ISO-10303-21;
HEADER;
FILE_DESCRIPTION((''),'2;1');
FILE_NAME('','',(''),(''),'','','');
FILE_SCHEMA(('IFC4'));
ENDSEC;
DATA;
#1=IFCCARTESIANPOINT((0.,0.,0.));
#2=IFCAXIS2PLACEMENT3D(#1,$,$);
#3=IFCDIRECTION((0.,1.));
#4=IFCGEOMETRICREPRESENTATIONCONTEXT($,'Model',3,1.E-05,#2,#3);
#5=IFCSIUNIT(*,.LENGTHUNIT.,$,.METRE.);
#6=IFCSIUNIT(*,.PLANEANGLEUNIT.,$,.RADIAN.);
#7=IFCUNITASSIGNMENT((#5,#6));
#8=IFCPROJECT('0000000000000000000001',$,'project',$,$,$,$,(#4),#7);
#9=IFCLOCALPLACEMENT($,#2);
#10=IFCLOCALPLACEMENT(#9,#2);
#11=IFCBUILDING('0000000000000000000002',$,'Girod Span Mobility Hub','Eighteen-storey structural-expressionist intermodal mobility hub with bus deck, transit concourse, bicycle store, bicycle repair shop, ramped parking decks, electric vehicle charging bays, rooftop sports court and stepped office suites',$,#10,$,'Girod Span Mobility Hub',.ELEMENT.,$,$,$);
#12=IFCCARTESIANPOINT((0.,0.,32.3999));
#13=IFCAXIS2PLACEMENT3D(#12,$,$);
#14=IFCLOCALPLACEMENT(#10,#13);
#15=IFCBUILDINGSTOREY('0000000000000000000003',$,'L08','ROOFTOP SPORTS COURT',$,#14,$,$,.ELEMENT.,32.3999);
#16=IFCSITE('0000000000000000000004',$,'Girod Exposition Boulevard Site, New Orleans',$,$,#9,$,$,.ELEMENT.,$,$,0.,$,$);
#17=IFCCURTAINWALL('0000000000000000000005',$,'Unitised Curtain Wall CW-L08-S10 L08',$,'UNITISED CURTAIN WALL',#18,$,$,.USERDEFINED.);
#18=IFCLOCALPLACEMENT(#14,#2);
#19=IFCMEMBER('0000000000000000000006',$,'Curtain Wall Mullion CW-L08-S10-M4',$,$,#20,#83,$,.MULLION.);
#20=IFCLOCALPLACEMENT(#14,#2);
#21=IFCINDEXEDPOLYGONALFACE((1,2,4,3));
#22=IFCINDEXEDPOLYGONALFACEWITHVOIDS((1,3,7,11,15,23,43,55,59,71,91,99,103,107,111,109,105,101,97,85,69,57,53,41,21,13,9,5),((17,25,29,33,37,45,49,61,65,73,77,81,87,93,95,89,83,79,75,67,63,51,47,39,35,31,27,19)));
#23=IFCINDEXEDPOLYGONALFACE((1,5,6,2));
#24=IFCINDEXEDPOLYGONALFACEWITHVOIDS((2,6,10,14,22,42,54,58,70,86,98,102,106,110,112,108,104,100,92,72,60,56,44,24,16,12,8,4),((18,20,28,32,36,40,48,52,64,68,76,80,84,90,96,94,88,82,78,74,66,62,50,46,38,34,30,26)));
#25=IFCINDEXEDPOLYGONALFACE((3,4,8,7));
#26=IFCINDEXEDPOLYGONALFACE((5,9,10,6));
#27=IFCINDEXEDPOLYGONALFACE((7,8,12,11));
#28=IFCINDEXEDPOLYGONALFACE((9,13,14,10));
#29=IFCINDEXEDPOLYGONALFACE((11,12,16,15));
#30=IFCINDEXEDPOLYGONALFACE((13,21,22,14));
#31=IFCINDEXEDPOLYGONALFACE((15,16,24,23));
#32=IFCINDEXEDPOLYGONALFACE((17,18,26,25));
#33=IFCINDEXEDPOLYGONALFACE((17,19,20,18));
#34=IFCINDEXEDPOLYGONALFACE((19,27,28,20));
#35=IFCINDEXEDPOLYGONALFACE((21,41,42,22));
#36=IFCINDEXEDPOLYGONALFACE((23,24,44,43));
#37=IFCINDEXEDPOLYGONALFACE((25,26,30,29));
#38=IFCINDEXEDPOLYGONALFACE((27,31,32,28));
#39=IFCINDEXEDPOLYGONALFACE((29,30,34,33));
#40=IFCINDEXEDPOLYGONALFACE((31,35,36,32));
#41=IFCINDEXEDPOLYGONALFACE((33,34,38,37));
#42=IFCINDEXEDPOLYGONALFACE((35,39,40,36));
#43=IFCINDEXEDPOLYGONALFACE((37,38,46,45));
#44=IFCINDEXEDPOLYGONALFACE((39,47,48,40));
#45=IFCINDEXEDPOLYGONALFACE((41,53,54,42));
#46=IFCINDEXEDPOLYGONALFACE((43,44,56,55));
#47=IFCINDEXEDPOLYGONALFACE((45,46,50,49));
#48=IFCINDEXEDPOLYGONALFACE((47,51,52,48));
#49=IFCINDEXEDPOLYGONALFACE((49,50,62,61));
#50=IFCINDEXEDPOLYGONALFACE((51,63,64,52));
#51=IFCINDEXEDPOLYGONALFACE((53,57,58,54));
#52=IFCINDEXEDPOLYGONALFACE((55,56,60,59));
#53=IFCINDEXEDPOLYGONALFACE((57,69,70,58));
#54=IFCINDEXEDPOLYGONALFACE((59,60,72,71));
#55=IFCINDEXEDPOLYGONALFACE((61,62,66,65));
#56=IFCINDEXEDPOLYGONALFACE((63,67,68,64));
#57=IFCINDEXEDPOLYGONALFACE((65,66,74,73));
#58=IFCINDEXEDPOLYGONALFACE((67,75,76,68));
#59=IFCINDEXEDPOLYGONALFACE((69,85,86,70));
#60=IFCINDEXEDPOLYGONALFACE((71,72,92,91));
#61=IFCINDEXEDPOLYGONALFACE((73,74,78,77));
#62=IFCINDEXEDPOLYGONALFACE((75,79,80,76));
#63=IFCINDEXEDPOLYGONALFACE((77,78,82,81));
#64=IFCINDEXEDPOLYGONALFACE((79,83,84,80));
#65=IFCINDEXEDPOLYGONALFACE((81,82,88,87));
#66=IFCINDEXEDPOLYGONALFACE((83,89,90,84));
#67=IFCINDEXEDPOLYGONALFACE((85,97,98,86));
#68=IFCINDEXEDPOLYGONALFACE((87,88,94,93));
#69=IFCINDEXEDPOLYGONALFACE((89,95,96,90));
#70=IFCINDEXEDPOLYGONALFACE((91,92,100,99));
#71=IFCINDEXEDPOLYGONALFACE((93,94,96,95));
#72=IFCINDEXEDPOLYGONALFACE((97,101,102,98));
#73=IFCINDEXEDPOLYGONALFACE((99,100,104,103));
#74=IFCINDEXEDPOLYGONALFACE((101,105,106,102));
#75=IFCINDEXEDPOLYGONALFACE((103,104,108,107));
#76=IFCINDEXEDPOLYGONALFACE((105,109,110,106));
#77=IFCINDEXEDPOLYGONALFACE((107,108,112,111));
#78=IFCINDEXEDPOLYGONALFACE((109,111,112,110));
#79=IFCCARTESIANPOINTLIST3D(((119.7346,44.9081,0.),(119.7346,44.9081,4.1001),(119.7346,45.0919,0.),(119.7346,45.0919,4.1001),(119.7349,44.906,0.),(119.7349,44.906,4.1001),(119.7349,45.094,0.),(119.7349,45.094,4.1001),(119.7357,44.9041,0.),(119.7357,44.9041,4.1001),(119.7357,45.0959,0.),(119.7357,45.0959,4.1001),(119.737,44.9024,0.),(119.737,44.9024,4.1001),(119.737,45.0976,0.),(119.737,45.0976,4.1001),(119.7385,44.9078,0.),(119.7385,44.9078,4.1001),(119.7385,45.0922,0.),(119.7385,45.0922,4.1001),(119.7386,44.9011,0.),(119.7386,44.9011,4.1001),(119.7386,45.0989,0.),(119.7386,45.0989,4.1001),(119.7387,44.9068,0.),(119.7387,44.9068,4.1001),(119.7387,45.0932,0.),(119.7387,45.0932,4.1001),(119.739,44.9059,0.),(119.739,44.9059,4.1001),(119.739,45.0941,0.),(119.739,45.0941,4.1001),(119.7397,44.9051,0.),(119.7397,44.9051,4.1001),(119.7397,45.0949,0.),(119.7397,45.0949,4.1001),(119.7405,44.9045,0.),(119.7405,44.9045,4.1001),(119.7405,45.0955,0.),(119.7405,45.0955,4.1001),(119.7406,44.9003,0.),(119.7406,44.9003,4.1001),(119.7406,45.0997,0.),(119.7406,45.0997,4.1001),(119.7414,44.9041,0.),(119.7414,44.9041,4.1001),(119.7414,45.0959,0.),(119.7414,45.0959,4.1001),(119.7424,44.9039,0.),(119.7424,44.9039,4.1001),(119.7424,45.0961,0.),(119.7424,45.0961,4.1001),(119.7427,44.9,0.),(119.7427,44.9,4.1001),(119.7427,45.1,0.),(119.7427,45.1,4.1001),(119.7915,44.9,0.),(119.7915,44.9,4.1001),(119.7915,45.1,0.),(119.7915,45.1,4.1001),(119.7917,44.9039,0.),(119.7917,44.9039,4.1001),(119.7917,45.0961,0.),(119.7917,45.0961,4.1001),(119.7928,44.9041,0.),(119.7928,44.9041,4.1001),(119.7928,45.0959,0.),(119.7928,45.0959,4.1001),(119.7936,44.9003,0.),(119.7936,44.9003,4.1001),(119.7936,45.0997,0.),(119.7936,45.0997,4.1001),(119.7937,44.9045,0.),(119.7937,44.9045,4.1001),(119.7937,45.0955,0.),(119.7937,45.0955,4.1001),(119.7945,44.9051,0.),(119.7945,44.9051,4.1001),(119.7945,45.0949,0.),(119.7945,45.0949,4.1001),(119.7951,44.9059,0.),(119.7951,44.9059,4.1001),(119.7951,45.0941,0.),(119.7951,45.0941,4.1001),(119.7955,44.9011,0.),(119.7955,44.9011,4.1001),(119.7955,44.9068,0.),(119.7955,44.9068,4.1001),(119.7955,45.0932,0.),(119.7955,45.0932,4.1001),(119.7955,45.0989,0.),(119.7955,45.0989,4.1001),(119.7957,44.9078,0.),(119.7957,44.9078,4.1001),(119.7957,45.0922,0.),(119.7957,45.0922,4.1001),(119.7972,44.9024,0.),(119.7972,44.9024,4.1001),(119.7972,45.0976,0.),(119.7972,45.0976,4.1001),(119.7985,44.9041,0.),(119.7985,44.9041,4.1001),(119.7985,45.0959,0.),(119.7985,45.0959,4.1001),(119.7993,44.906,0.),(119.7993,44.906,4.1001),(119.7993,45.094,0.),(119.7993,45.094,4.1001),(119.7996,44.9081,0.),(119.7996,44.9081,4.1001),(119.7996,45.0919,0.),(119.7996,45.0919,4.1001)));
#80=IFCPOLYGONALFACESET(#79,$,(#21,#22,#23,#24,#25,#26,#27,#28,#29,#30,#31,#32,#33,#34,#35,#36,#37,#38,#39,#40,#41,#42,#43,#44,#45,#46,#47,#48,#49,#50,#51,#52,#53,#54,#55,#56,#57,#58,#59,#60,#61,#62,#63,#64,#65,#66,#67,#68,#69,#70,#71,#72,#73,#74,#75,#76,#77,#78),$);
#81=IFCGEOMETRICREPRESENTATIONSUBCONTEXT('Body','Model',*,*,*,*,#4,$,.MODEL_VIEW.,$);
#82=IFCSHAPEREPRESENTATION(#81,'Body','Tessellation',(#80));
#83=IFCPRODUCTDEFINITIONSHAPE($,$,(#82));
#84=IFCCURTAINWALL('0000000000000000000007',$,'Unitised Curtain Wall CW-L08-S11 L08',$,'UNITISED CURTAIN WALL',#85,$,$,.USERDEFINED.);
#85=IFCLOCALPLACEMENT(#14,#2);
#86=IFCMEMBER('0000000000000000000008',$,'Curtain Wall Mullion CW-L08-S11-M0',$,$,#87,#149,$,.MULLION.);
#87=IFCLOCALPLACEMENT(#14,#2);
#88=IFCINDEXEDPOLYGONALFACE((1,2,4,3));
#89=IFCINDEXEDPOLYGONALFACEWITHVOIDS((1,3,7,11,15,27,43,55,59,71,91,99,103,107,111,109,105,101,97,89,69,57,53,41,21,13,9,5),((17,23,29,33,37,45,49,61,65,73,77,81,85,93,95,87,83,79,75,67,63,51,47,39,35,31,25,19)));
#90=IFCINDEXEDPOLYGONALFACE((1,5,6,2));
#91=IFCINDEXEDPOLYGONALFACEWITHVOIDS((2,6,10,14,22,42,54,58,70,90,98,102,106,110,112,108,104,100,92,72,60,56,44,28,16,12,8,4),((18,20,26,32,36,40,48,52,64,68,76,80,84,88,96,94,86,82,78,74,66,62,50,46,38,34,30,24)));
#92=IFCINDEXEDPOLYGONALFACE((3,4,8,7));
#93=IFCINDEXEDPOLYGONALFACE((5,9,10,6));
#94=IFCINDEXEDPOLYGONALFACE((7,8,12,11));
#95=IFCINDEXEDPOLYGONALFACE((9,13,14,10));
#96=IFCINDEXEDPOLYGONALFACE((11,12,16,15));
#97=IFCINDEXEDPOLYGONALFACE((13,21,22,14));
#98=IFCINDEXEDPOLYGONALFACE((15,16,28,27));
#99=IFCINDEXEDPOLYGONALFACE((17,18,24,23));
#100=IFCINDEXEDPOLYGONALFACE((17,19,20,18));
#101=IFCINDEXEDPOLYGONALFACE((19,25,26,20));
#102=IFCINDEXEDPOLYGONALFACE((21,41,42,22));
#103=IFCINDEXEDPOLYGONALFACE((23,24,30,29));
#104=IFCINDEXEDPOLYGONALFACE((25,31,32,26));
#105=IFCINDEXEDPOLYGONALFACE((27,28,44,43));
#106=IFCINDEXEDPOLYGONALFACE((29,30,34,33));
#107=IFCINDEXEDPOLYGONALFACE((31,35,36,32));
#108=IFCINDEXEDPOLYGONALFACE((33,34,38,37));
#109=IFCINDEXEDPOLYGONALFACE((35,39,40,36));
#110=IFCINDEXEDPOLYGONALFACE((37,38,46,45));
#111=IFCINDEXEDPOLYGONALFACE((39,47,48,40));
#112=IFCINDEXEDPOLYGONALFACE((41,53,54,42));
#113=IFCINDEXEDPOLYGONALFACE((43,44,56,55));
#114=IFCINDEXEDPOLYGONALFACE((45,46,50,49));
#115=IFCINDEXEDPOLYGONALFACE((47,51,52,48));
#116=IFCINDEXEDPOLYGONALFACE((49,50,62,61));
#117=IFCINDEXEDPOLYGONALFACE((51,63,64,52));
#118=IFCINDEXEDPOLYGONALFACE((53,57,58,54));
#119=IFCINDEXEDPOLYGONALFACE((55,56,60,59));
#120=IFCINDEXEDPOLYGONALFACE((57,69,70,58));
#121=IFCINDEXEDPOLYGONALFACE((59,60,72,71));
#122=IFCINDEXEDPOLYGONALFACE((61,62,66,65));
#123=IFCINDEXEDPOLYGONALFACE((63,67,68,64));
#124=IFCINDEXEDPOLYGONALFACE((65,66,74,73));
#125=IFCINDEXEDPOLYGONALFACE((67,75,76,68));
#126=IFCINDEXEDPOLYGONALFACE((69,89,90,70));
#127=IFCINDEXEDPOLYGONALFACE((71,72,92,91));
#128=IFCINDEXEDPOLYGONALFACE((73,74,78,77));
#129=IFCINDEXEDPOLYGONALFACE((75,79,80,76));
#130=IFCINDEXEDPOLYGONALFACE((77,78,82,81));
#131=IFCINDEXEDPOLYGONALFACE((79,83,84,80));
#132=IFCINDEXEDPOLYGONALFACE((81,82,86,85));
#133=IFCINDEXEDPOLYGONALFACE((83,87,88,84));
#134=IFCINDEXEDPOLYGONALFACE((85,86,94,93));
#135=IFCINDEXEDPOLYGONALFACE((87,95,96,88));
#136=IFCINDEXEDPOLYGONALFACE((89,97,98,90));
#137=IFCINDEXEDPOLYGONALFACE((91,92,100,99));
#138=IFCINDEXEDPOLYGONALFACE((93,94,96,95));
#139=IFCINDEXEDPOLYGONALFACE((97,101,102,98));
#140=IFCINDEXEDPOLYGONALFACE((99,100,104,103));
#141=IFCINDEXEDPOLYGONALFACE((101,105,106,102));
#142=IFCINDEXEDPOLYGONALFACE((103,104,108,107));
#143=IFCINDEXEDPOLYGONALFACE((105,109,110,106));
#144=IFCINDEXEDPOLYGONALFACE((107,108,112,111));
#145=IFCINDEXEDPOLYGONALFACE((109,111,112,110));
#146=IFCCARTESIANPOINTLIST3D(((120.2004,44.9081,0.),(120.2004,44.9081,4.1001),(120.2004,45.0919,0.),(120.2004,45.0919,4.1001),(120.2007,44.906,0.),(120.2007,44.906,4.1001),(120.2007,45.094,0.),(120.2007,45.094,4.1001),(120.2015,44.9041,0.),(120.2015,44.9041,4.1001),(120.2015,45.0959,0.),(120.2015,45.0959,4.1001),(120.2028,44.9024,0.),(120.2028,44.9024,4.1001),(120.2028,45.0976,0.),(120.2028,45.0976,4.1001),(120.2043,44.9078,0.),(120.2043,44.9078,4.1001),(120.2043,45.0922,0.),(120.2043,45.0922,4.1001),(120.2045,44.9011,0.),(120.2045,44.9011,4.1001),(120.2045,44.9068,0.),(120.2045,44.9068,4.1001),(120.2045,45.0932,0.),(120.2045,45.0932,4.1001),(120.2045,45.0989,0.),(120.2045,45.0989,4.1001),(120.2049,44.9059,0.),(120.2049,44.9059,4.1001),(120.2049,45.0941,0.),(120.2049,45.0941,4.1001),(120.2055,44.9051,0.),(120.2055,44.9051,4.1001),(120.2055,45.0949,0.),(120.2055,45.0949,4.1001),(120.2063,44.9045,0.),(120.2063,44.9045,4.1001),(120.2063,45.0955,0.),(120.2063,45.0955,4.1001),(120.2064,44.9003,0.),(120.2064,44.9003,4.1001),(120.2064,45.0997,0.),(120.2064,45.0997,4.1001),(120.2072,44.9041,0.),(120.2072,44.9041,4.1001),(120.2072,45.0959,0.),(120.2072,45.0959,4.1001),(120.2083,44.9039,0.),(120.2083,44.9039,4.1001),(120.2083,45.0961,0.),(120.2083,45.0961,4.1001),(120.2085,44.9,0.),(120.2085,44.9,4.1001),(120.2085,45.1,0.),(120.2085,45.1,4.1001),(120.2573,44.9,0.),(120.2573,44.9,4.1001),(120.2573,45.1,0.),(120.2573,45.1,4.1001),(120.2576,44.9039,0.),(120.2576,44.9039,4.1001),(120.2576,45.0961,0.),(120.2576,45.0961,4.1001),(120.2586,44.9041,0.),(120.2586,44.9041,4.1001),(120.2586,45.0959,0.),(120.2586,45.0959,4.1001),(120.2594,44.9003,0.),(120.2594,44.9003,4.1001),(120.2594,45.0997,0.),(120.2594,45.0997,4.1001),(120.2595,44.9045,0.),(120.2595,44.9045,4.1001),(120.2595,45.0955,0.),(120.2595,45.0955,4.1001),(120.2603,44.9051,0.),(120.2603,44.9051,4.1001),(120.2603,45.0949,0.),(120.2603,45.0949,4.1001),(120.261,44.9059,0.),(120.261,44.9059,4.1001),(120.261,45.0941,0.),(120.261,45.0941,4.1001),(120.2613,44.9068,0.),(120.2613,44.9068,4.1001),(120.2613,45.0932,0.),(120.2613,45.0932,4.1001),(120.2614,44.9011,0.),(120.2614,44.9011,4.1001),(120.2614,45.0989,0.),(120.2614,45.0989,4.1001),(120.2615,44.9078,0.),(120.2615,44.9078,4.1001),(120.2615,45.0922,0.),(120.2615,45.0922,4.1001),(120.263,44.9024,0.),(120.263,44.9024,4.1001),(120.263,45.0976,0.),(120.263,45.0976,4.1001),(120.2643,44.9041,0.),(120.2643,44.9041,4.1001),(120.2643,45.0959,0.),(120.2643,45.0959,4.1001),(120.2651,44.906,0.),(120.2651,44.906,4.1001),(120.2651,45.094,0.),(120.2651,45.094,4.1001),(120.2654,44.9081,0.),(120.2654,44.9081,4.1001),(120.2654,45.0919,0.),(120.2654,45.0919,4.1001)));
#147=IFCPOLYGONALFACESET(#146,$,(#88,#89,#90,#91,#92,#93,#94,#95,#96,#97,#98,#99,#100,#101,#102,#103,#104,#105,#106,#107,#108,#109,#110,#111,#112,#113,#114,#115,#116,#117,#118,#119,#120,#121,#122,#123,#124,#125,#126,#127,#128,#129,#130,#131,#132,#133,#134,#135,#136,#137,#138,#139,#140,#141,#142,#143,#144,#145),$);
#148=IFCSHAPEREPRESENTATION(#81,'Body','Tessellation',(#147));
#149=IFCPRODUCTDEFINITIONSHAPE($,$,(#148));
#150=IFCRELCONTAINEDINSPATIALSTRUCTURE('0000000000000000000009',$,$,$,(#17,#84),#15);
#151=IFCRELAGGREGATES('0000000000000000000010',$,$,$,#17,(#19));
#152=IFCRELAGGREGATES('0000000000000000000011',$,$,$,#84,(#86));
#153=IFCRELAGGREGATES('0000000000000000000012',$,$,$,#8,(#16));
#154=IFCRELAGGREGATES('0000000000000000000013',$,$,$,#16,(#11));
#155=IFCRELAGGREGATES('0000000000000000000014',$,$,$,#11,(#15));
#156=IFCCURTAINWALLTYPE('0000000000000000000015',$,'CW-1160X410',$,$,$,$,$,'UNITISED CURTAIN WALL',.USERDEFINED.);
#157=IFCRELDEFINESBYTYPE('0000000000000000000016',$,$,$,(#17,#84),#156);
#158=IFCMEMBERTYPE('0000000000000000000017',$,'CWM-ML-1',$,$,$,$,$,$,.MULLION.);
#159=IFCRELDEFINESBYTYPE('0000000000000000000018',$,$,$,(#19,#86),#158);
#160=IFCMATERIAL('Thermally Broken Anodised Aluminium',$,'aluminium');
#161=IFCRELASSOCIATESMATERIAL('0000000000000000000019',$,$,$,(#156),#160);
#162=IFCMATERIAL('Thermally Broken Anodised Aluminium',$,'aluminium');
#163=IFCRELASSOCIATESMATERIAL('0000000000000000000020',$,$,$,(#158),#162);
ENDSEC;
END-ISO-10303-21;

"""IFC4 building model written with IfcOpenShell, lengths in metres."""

from ifc_helpers import new_model, si_unit, direction, frame, origin, origin_2d, place, context, subcontext, project, spatial, hollow_rectangle, extrude, material, material_profile, profile_set, type_object, element, aggregate, save


model = new_model("IFC4")

# Units and contexts
model_context = context("Model", 3, precision=1e-05, world=origin(), true_north=direction((0.0, 1.0)))
body_context = subcontext(model_context, "Body", "Model", "MODEL_VIEW")
ifc_project = project(units=[si_unit("LENGTHUNIT", "METRE"), si_unit("PLANEANGLEUNIT", "RADIAN")], contexts=[model_context])

# Site, building, storey
site_placement = place(None, origin())
site = spatial("IfcSite", under=ifc_project, at=site_placement, Name="Girod Exposition Boulevard Site, New Orleans", CompositionType="ELEMENT", RefElevation=0.0)
building_placement = place(site_placement, origin())
building = spatial("IfcBuilding", under=site, at=building_placement, Name="Girod Span Mobility Hub", Description="Eighteen-storey structural-expressionist intermodal mobility hub with bus deck, transit concourse, bicycle store, bicycle repair shop, ramped parking decks, electric vehicle charging bays, rooftop sports court and stepped office suites", LongName="Girod Span Mobility Hub", CompositionType="ELEMENT")
storey_placement = place(building_placement, frame((0.0, 0.0, 32.3999)))
storey = spatial("IfcBuildingStorey", under=building, at=storey_placement, Name="L08", Description="ROOFTOP SPORTS COURT", CompositionType="ELEMENT", Elevation=32.3999)

# Curtain walls, members
ifc_material_1 = material(Name="Thermally Broken Anodised Aluminium", Category="aluminium")
curtain_wall_type = type_object("IfcCurtainWallType", Name="CW-1160X410", ElementType="UNITISED CURTAIN WALL", PredefinedType="USERDEFINED", material=ifc_material_1)
curtain_wall_1_placement = place(storey_placement, origin())
curtain_wall_1 = element("IfcCurtainWall", 1, at=curtain_wall_1_placement, inside=storey, type_object=curtain_wall_type, Name="Unitised Curtain Wall CW-L08-S10 L08", ObjectType="UNITISED CURTAIN WALL", PredefinedType="USERDEFINED")
ifc_material_2 = material(Name="Thermally Broken Anodised Aluminium", Category="aluminium")
ifc_material_profile_1 = material_profile(ifc_material_2, hollow_rectangle(XDim=0.2, YDim=0.0649, WallThickness=0.0039, InnerFilletRadius=0.0039, OuterFilletRadius=0.0081, at=origin_2d()), Name="CW-ML-65X200")
ifc_profile_set_1 = profile_set([ifc_material_profile_1], Name="Thermally Broken Anodised Aluminium")
member_type_1 = type_object("IfcMemberType", Name="CWM-ML-1", PredefinedType="MULLION", material=ifc_profile_set_1)
member_1_placement = place(storey_placement, frame((119.7671, 45.0, 0.0), z_axis=(0.0, 0.0, 1.0), x_axis=(0.0, 1.0, 0.0)))
member_1 = element("IfcMember", 2, at=member_1_placement, type_object=member_type_1, Name="Curtain Wall Mullion CW-L08-S10-M4", PredefinedType="MULLION", context=body_context, shape_type="SweptSolid", body=[
    extrude(hollow_rectangle(XDim=0.2, YDim=0.0649, WallThickness=0.0039, InnerFilletRadius=0.0039, OuterFilletRadius=0.0081, at=origin_2d()), origin(), (0.0, 0.0, 1.0), 4.1001),
])
curtain_wall_2_placement = place(storey_placement, origin())
curtain_wall_2 = element("IfcCurtainWall", 3, at=curtain_wall_2_placement, inside=storey, type_object=curtain_wall_type, Name="Unitised Curtain Wall CW-L08-S11 L08", ObjectType="UNITISED CURTAIN WALL", PredefinedType="USERDEFINED")
member_2_placement = place(storey_placement, frame((120.2329, 45.0, 0.0), z_axis=(0.0, 0.0, 1.0), x_axis=(0.0, 1.0, 0.0)))
member_2 = element("IfcMember", 4, at=member_2_placement, type_object=member_type_1, Name="Curtain Wall Mullion CW-L08-S11-M0", PredefinedType="MULLION", context=body_context, shape_type="SweptSolid", body=[
    extrude(hollow_rectangle(XDim=0.2, YDim=0.0649, WallThickness=0.0039, InnerFilletRadius=0.0039, OuterFilletRadius=0.0081, at=origin_2d()), origin(), (0.0, 0.0, 1.0), 4.1001),
])

aggregate(curtain_wall_1, [member_1])
aggregate(curtain_wall_2, [member_2])

save(model, "model.ifc")
